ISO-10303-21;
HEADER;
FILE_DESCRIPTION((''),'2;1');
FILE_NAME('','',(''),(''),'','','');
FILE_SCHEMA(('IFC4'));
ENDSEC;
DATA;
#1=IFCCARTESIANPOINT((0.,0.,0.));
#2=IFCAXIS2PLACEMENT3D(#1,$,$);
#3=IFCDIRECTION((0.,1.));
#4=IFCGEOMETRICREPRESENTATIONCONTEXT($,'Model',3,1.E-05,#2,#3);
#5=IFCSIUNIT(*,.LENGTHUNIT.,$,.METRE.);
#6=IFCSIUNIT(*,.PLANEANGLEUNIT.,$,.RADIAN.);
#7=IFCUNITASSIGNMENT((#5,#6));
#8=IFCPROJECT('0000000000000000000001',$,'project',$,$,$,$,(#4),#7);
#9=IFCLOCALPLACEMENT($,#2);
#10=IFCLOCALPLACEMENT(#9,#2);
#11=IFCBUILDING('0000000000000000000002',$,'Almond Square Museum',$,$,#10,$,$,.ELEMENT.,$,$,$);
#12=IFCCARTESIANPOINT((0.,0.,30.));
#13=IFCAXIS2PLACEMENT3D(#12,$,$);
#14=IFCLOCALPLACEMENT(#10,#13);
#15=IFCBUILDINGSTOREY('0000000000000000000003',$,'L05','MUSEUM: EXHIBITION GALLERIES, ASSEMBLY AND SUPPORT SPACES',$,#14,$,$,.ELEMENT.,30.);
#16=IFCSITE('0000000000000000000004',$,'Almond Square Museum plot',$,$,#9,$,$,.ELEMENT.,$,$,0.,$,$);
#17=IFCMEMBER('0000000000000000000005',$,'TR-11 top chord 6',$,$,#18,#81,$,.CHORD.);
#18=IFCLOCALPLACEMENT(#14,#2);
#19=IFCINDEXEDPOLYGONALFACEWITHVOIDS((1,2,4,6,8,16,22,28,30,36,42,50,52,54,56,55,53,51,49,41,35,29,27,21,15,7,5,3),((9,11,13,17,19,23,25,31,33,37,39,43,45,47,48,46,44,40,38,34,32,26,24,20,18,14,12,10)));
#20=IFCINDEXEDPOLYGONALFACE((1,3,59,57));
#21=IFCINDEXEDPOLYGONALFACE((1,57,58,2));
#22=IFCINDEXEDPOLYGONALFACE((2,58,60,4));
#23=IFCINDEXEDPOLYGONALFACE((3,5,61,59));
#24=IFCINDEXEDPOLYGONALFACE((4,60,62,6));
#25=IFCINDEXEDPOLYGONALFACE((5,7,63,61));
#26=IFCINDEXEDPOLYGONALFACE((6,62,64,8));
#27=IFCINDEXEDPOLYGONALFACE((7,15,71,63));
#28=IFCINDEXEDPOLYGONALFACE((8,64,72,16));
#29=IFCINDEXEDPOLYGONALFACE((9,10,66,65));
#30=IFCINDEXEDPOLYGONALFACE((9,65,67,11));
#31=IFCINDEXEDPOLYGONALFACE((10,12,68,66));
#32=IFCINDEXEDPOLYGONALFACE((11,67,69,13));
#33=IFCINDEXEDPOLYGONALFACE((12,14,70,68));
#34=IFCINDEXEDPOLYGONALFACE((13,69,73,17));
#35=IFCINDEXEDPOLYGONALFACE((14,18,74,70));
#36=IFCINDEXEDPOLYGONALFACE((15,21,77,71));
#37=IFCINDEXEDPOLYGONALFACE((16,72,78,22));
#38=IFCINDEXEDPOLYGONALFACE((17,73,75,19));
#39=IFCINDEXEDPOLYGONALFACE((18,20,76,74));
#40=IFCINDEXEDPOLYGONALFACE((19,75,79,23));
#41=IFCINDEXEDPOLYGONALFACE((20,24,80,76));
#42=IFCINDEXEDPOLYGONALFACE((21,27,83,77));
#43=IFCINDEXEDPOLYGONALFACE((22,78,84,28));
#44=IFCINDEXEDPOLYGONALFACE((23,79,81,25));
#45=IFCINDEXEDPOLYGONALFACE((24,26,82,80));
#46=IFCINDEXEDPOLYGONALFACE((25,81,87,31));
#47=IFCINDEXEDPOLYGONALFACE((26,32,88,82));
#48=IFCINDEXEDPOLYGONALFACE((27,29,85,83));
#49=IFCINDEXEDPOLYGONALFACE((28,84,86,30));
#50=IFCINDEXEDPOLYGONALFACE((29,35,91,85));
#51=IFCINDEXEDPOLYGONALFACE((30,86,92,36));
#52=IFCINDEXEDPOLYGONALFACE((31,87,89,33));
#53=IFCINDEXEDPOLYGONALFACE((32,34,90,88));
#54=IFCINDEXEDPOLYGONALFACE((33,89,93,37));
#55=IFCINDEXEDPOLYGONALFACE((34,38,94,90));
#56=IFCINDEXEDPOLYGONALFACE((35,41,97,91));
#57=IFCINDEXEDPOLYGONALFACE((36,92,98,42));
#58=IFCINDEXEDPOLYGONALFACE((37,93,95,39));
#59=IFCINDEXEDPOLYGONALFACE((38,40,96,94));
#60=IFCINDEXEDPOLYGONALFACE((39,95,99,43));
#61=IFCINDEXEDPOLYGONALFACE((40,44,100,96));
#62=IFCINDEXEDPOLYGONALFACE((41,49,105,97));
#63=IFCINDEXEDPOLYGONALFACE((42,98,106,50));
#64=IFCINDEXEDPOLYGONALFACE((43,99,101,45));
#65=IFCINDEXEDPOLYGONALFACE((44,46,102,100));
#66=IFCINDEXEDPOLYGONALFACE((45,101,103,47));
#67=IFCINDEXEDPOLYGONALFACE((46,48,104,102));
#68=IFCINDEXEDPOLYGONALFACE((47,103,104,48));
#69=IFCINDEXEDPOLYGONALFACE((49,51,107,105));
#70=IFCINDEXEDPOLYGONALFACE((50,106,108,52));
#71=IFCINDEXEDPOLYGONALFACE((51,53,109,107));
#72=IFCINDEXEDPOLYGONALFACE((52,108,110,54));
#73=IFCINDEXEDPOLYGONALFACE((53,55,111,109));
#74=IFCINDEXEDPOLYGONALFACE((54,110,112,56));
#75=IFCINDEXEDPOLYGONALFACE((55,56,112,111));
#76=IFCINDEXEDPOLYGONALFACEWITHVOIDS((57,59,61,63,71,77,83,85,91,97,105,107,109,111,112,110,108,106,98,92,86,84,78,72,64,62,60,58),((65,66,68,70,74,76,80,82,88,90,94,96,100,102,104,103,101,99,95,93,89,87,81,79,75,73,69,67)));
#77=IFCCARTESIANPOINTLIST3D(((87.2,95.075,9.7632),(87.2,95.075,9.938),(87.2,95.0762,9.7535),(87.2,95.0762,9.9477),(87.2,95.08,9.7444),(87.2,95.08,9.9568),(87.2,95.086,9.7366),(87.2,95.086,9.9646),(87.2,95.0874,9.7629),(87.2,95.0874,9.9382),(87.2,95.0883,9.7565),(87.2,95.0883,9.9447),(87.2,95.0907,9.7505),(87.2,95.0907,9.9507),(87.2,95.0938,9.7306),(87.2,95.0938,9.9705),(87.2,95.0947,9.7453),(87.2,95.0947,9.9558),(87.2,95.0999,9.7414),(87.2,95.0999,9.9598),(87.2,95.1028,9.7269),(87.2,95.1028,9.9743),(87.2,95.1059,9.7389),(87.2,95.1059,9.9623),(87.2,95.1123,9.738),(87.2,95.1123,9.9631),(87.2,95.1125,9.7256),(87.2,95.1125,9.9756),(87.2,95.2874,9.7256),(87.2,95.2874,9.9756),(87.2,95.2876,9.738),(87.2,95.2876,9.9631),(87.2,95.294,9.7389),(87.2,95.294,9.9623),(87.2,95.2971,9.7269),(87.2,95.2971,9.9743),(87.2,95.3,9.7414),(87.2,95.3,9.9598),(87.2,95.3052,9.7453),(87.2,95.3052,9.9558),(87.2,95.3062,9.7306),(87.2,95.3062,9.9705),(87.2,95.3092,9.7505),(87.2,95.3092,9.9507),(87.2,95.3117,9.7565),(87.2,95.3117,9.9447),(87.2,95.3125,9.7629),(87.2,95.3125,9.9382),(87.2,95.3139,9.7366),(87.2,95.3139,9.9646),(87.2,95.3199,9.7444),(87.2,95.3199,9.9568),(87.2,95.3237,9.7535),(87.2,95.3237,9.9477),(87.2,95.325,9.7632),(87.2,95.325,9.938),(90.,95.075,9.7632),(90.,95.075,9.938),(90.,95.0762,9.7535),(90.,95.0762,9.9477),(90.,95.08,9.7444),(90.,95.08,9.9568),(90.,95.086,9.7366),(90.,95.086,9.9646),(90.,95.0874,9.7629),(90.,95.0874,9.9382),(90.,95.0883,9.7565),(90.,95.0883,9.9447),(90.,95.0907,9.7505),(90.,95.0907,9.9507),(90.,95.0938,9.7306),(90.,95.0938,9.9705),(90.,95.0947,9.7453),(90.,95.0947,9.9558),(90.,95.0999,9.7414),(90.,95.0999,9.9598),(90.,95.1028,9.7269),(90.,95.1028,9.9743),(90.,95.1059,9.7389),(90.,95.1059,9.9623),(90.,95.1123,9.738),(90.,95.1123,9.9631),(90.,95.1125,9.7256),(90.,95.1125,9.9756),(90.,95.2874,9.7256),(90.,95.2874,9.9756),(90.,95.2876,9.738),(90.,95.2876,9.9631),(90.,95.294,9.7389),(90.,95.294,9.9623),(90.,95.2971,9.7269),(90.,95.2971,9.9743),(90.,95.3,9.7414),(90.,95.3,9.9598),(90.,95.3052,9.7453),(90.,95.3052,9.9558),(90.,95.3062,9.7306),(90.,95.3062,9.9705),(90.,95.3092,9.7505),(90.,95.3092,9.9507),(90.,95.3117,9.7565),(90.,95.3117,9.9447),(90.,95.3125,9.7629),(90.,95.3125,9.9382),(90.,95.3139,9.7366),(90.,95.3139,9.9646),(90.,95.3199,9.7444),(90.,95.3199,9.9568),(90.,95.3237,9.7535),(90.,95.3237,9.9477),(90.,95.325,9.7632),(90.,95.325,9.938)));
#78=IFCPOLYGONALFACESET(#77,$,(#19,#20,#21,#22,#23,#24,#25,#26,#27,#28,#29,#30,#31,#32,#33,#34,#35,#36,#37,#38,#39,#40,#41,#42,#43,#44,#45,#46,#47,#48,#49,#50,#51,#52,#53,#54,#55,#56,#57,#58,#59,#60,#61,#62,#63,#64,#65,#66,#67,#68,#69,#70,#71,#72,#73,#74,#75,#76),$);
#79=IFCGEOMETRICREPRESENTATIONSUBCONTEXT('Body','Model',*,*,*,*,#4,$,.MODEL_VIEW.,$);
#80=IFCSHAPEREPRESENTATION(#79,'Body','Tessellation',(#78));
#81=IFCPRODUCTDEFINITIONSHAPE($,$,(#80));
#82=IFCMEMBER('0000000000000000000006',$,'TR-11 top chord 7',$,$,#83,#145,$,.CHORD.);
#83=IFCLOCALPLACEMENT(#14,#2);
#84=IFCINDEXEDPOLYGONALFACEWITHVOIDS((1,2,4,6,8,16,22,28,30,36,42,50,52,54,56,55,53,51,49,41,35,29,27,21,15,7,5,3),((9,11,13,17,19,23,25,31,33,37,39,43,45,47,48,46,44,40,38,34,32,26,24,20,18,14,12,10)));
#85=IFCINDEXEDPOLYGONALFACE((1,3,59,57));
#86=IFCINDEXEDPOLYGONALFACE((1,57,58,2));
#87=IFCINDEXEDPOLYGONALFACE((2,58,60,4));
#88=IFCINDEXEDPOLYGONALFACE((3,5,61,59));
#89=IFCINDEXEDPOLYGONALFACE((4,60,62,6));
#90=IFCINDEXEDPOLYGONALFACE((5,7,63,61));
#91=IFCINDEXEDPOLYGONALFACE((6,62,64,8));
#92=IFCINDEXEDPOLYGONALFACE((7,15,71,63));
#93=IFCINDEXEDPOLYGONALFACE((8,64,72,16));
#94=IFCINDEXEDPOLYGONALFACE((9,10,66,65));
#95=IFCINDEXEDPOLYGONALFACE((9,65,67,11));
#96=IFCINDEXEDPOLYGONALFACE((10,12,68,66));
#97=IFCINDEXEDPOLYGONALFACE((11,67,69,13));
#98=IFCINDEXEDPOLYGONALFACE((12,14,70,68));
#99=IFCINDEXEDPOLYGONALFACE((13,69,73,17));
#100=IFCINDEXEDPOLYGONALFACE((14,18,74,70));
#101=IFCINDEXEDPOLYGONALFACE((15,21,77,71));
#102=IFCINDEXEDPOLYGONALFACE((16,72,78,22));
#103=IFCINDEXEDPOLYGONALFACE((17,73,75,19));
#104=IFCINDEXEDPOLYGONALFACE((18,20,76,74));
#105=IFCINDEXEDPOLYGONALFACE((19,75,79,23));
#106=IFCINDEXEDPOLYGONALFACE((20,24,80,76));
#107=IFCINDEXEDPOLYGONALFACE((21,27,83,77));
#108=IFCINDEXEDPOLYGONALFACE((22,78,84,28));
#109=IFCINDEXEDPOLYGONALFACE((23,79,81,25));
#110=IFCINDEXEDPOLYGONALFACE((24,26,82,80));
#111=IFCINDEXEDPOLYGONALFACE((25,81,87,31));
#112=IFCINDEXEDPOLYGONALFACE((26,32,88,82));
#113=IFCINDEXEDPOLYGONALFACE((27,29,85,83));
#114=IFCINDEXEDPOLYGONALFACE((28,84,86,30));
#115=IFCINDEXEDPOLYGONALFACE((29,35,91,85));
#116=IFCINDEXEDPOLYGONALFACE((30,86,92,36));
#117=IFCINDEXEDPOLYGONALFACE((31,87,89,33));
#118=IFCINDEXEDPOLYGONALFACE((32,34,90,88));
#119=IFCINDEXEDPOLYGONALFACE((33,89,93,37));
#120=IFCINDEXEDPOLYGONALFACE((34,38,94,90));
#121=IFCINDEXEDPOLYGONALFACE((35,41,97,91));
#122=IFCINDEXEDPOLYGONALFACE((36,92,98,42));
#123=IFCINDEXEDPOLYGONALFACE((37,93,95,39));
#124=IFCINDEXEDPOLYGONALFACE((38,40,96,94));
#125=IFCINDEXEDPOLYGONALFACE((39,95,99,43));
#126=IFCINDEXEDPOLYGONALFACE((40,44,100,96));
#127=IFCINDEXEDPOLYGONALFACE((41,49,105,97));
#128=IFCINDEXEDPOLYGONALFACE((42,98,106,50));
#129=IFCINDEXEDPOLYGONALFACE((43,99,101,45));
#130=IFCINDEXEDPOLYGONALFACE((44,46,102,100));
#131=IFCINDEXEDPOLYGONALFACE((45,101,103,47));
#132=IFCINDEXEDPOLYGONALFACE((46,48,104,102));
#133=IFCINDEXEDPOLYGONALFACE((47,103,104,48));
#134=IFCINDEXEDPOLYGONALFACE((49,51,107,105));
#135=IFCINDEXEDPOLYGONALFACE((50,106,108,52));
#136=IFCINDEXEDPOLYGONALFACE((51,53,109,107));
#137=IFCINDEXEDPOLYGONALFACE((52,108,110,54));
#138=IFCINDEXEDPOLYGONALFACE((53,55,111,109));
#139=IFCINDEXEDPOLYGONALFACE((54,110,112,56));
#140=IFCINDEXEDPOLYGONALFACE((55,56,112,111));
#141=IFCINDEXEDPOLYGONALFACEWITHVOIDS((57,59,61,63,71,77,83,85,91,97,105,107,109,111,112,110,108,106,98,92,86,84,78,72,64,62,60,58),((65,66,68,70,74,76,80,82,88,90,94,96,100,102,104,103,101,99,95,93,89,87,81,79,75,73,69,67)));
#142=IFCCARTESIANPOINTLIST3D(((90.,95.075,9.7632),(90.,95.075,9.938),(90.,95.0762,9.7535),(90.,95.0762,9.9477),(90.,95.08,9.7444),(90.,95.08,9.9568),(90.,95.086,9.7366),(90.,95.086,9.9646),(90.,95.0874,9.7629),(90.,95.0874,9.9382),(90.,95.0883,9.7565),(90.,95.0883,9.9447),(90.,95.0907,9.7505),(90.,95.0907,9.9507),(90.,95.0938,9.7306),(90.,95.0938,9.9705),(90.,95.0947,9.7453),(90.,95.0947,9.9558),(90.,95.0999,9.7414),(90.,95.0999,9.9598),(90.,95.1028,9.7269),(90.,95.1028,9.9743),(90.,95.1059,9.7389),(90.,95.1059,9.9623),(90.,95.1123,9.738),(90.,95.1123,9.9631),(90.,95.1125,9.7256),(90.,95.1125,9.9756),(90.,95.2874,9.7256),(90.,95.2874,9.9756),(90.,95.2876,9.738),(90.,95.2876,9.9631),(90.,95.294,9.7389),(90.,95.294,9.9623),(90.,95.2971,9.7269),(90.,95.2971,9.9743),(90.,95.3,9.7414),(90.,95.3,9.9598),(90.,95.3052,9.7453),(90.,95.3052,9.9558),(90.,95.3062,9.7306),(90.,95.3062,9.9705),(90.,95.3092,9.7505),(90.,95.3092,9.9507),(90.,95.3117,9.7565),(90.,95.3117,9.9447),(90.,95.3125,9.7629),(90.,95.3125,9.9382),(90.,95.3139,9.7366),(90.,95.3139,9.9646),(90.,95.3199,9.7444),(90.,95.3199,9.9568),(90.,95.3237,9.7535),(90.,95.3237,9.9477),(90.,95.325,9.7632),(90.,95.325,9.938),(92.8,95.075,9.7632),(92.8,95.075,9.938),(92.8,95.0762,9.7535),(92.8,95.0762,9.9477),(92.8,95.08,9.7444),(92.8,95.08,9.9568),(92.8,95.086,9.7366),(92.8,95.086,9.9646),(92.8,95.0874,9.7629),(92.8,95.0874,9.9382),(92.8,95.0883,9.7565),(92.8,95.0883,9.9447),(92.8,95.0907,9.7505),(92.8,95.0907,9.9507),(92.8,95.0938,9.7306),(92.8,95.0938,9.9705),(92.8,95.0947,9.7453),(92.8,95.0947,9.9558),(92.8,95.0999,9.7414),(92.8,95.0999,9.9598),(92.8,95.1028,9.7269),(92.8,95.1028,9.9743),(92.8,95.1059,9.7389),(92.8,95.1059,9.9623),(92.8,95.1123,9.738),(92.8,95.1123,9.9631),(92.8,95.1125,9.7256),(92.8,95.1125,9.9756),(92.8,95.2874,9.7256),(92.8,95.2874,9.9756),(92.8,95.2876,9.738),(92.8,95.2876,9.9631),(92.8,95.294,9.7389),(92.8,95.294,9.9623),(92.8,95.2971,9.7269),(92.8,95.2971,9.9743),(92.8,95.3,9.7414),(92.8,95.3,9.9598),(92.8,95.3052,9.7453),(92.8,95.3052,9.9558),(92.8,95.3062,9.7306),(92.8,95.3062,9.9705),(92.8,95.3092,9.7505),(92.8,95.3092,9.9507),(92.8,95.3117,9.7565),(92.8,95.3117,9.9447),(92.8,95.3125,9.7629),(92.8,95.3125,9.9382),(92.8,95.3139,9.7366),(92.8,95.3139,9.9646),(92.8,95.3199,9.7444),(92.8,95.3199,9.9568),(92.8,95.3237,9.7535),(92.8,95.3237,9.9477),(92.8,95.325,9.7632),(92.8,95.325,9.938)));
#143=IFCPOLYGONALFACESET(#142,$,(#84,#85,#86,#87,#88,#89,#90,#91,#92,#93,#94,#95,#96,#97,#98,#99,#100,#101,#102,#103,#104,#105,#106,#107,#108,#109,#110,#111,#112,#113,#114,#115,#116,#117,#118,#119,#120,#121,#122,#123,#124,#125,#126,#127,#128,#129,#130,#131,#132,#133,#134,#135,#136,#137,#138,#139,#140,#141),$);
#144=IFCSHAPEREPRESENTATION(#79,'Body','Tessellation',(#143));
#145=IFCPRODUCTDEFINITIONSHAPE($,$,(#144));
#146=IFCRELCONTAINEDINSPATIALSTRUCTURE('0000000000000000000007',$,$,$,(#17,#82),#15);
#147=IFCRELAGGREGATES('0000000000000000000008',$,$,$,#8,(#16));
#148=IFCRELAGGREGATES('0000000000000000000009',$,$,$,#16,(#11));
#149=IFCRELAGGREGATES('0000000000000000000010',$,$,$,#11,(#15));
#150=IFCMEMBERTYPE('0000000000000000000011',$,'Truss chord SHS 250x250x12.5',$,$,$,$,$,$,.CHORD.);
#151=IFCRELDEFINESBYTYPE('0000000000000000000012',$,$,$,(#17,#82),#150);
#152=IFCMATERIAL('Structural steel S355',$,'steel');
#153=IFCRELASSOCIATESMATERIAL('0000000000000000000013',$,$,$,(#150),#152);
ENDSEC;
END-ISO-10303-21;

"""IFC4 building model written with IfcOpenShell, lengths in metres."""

from ifc_helpers import new_model, si_unit, direction, frame, origin, origin_2d, place, context, subcontext, project, spatial, hollow_rectangle, extrude, material, material_profile, profile_set, type_object, element, save


model = new_model("IFC4")

# Units and contexts
model_context = context("Model", 3, precision=1e-05, world=origin(), true_north=direction((0.0, 1.0)))
body_context = subcontext(model_context, "Body", "Model", "MODEL_VIEW")
ifc_project = project(units=[si_unit("LENGTHUNIT", "METRE"), si_unit("PLANEANGLEUNIT", "RADIAN")], contexts=[model_context])

# Site, building, storey
site_placement = place(None, origin())
site = spatial("IfcSite", under=ifc_project, at=site_placement, Name="Almond Square Museum plot", CompositionType="ELEMENT", RefElevation=0.0)
building_placement = place(site_placement, origin())
building = spatial("IfcBuilding", under=site, at=building_placement, Name="Almond Square Museum", CompositionType="ELEMENT")
storey_placement = place(building_placement, frame((0.0, 0.0, 30.0)))
storey = spatial("IfcBuildingStorey", under=building, at=storey_placement, Name="L05", Description="MUSEUM: EXHIBITION GALLERIES, ASSEMBLY AND SUPPORT SPACES", CompositionType="ELEMENT", Elevation=30.0)

# Members
ifc_material_1 = material(Name="Structural steel S355", Category="steel")
ifc_material_profile_1 = material_profile(ifc_material_1, hollow_rectangle(XDim=0.25, YDim=0.25, WallThickness=0.0125, InnerFilletRadius=0.0249, OuterFilletRadius=0.0376, at=origin_2d()))
ifc_profile_set_1 = profile_set([ifc_material_profile_1], Name="Structural steel S355")
member_type_1 = type_object("IfcMemberType", Name="Truss chord SHS 250x250x12.5", PredefinedType="CHORD", material=ifc_profile_set_1)
for number, where, z_axis, x_axis, name in (
    (1, (87.2, 95.2, 9.8506), (1.0, 0.0, 0.0), (0.0, 1.0, 0.0), "TR-11 top chord 6"),
    (2, (90.0, 95.2, 9.8506), (1.0, 0.0, 0.0), (0.0, 1.0, 0.0), "TR-11 top chord 7"),
):
    element("IfcMember", number, at=place(storey_placement, frame(where, z_axis=z_axis, x_axis=x_axis)), inside=storey, type_object=member_type_1, Name=name, PredefinedType="CHORD", context=body_context, shape_type="SweptSolid", body=[
        extrude(hollow_rectangle(XDim=0.25, YDim=0.25, WallThickness=0.0125, InnerFilletRadius=0.0249, OuterFilletRadius=0.0376, at=origin_2d()), origin(), (0.0, 0.0, 1.0), 2.8),
    ])

save(model, "model.ifc")
